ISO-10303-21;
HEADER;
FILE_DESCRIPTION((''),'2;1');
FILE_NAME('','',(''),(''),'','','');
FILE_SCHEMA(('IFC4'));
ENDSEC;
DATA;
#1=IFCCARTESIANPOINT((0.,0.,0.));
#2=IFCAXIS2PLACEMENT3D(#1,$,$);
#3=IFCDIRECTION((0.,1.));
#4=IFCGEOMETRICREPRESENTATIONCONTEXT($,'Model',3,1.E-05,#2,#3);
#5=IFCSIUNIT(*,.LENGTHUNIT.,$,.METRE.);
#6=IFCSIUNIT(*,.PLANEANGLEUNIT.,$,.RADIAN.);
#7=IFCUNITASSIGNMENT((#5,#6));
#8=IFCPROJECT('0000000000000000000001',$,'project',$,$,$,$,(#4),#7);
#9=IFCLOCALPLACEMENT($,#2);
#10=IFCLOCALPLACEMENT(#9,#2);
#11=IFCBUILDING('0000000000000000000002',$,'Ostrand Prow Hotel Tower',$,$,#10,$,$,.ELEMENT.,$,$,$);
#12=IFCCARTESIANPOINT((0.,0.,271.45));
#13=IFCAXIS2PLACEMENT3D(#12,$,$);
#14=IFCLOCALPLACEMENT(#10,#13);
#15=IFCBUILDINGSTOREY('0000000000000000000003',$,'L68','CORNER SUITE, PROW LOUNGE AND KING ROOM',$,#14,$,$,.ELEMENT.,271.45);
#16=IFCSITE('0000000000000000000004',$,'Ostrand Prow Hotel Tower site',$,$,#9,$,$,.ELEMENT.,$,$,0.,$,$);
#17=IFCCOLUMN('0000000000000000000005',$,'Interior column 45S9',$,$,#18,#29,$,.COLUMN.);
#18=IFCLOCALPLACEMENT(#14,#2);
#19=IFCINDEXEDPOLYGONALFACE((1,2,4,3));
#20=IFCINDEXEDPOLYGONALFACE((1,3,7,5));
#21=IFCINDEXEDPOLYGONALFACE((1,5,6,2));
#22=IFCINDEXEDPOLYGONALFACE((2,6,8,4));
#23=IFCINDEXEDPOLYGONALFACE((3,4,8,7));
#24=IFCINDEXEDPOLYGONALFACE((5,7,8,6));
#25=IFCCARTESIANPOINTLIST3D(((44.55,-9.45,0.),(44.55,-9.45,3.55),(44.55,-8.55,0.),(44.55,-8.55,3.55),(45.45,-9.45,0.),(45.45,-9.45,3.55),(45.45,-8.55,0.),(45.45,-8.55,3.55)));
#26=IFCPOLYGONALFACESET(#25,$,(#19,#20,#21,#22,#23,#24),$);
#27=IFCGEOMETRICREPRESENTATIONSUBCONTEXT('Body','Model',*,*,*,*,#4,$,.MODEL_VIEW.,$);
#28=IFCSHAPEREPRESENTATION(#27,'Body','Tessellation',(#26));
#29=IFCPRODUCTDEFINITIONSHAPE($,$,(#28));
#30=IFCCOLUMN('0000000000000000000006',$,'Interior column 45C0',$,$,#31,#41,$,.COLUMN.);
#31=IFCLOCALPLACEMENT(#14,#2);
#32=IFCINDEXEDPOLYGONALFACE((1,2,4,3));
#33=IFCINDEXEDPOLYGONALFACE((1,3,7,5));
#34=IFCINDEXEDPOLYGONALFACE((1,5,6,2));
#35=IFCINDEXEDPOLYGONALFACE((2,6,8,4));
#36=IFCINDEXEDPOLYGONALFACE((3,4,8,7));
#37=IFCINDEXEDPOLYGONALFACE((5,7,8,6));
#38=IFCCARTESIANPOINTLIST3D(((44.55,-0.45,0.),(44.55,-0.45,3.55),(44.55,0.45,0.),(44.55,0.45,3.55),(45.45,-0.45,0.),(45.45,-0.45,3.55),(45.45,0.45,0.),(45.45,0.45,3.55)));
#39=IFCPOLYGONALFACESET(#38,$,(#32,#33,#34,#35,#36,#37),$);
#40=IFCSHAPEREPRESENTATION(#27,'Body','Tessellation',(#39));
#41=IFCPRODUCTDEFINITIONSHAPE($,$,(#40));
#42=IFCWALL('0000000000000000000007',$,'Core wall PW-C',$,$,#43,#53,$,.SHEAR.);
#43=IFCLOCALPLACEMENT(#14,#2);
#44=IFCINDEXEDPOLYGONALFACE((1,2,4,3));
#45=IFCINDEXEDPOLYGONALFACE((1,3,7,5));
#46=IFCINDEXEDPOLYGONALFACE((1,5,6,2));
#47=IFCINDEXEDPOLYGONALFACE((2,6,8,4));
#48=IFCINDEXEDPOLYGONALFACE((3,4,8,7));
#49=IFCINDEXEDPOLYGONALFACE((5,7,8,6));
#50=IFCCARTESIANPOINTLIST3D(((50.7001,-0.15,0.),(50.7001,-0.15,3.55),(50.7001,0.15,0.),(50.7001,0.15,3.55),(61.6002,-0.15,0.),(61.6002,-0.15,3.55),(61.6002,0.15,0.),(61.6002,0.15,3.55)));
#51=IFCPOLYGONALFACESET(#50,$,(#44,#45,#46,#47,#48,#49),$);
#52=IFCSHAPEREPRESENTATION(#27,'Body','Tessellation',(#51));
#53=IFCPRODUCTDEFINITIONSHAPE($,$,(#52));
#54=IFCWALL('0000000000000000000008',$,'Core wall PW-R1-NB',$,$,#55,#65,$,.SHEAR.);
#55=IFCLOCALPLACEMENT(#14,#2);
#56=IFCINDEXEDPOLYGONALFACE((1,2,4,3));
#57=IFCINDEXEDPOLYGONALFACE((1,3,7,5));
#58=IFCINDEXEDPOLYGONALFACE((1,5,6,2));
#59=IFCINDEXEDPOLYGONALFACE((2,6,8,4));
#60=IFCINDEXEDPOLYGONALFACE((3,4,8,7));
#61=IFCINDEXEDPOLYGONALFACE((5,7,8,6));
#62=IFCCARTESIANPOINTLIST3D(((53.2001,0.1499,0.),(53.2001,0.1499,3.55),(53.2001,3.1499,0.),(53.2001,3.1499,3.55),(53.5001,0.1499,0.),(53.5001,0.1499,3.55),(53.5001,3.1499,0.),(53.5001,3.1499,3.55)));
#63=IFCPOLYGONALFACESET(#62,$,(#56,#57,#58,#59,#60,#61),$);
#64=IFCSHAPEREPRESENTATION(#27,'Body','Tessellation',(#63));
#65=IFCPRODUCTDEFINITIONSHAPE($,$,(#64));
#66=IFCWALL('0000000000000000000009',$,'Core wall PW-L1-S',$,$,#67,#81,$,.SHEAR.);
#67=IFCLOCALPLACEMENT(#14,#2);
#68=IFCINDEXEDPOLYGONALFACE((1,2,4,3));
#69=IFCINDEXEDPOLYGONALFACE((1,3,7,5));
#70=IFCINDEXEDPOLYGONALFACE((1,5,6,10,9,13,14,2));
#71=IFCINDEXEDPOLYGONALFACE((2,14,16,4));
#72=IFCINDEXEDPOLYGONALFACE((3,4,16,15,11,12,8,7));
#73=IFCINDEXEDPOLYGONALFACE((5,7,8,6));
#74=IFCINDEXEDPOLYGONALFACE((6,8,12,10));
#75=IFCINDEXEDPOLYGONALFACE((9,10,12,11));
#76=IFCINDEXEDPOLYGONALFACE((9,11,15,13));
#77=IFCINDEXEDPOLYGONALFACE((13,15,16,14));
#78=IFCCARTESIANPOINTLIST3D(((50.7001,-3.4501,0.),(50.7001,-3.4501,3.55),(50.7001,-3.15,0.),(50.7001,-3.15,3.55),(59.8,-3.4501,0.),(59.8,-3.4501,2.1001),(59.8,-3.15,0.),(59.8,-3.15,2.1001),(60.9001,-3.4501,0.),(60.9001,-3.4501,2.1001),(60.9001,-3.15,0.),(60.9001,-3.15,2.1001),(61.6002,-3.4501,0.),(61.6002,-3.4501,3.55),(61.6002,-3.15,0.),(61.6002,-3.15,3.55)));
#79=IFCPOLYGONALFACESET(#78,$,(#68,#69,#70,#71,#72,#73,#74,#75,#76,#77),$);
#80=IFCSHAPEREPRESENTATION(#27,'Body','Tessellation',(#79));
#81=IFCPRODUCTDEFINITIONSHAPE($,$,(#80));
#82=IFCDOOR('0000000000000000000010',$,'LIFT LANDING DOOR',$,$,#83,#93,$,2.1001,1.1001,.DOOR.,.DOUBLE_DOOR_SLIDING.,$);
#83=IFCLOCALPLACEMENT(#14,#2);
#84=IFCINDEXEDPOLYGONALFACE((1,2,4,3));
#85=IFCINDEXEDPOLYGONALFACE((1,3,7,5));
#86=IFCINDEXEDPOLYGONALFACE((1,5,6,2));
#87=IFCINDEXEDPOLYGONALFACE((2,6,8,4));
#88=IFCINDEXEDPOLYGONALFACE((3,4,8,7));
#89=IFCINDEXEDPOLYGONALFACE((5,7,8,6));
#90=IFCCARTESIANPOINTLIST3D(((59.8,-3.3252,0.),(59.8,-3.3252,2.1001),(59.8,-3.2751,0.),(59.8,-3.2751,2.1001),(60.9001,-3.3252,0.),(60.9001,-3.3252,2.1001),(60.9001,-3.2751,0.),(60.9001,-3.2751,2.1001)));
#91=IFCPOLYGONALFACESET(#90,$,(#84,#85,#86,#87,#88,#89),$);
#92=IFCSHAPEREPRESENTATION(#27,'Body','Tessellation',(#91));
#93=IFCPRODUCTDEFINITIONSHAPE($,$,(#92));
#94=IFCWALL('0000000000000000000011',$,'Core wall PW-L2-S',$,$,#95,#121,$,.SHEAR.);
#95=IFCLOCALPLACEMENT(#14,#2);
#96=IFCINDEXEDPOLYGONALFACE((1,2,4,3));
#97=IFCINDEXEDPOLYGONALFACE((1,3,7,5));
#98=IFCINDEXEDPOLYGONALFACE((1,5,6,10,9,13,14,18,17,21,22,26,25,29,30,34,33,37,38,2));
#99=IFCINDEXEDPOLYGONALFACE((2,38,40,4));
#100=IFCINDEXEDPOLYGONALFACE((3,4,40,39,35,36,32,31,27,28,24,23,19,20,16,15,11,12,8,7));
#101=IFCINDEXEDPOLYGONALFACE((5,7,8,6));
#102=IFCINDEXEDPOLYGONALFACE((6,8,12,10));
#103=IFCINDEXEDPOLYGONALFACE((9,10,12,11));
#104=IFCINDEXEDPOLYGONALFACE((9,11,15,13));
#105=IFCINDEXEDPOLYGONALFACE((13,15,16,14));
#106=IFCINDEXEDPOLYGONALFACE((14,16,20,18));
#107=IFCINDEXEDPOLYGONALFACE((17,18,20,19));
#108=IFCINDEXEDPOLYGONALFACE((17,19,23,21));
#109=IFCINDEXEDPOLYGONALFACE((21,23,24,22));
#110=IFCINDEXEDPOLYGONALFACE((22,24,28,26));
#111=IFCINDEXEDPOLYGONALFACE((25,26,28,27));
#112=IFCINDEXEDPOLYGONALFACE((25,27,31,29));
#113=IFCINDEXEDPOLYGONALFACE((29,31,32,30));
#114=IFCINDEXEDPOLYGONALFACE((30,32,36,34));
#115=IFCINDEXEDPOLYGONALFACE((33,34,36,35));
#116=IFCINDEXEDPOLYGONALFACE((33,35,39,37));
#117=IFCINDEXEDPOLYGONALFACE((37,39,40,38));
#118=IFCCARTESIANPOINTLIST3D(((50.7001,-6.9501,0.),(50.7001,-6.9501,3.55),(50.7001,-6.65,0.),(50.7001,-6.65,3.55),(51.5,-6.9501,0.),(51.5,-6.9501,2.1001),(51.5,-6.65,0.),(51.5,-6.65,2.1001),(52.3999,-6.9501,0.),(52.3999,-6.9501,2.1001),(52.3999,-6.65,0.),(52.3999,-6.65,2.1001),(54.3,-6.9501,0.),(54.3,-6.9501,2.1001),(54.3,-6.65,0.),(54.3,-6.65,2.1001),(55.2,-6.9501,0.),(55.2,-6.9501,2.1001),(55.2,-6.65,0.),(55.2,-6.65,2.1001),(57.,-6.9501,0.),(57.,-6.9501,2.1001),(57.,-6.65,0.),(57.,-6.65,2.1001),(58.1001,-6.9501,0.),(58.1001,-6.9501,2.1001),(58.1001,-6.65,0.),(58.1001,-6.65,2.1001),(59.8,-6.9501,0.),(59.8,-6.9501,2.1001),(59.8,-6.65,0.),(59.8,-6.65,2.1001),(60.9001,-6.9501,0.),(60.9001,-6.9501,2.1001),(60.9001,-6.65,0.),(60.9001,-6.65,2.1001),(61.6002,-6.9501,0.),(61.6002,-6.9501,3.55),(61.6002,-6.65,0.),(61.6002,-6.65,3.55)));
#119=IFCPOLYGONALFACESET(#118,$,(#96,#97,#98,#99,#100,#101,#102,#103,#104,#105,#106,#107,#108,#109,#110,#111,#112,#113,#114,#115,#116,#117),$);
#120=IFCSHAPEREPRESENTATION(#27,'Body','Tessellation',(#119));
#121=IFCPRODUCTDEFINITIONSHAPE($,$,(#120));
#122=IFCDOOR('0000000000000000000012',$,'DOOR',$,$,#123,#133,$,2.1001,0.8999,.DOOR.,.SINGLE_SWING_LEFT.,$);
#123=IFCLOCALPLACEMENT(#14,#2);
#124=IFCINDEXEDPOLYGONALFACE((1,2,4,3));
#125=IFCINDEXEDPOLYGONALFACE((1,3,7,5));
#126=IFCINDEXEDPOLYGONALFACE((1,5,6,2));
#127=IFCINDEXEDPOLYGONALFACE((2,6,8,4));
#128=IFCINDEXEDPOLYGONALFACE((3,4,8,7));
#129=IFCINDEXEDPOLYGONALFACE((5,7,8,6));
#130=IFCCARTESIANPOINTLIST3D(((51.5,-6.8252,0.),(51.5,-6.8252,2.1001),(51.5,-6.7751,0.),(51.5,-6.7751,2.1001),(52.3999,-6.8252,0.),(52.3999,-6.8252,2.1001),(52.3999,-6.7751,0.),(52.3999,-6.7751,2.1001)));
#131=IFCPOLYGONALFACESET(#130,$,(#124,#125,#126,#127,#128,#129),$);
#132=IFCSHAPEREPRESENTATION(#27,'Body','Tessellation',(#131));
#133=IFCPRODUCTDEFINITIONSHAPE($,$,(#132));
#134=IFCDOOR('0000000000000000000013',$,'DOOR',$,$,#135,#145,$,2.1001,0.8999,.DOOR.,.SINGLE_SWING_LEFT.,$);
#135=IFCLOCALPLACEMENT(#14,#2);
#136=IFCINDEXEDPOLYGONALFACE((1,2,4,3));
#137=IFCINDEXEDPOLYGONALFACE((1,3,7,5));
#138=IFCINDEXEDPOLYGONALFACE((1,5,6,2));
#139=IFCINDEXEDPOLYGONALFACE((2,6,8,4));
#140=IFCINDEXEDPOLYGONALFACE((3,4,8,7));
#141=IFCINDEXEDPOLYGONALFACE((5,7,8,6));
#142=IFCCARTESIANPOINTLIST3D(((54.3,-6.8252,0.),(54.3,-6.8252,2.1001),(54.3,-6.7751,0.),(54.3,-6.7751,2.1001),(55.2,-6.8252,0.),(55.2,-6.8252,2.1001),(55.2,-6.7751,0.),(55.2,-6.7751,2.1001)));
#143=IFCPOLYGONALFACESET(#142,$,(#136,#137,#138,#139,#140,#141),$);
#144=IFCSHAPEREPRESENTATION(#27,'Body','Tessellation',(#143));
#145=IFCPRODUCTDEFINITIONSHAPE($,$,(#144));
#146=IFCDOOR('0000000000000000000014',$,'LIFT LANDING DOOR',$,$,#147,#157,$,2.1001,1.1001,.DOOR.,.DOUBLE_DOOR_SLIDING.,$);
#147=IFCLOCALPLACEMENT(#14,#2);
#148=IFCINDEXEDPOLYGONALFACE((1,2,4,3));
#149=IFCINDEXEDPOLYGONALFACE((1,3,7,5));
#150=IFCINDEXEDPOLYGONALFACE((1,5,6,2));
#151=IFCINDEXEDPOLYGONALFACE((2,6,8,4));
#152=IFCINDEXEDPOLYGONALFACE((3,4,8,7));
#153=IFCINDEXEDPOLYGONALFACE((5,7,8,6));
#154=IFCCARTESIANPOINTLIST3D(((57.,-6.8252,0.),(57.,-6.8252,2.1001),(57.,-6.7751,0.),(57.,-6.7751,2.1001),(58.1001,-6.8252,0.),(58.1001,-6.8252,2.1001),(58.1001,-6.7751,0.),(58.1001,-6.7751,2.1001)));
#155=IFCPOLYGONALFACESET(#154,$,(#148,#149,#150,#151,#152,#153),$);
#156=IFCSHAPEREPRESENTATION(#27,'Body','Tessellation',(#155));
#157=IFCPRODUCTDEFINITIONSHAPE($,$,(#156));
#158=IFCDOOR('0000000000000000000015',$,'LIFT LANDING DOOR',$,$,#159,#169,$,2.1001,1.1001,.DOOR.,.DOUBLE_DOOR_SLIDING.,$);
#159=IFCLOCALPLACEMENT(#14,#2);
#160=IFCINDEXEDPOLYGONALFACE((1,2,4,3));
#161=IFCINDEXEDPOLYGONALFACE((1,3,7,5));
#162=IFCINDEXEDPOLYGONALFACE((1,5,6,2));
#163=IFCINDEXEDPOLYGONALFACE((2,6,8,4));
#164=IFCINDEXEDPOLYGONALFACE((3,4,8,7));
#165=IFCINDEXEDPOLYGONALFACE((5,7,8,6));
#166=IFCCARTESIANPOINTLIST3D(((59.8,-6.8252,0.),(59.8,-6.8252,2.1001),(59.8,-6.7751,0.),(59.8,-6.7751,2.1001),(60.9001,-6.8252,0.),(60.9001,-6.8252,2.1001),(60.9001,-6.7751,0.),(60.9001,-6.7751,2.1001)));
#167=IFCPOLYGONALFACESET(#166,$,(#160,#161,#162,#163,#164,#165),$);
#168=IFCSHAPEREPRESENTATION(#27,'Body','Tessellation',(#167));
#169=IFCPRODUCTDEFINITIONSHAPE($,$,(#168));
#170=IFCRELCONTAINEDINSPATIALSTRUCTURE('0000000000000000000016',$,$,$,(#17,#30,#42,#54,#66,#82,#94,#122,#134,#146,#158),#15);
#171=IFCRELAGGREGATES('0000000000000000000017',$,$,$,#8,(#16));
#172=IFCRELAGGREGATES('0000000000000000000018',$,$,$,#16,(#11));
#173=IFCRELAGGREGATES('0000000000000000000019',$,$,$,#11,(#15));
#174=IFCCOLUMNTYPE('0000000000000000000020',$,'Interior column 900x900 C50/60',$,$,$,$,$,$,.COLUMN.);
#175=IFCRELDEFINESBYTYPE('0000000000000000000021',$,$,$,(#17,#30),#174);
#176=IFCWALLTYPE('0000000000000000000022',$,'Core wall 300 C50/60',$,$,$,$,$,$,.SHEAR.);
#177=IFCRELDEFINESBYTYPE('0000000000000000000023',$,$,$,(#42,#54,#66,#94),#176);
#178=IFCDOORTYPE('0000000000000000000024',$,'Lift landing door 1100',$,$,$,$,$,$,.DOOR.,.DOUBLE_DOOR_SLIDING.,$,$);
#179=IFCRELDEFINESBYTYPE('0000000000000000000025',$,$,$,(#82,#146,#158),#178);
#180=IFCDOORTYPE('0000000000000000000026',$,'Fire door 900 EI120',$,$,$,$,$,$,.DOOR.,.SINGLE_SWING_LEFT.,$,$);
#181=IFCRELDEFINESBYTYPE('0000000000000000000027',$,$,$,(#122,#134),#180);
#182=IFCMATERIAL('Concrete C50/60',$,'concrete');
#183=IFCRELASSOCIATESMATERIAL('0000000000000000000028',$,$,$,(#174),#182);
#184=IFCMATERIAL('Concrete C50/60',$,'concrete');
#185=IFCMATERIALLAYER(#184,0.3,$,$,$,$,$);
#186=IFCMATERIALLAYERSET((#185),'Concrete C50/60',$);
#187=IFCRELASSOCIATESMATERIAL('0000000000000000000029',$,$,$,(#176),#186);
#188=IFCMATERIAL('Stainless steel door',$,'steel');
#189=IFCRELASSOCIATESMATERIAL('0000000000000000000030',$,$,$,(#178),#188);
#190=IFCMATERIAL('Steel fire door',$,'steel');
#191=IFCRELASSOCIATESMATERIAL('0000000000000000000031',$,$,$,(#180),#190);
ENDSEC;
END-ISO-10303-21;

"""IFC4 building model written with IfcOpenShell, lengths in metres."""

from ifc_helpers import new_model, si_unit, direction, frame, frame_2d, origin, origin_2d, place, context, subcontext, project, spatial, rectangle, extrude, material, layer, layer_set, material_profile, profile_set, type_object, element, fill, save


model = new_model("IFC4")

# Units and contexts
model_context = context("Model", 3, precision=1e-05, world=origin(), true_north=direction((0.0, 1.0)))
body_context = subcontext(model_context, "Body", "Model", "MODEL_VIEW")
ifc_project = project(units=[si_unit("LENGTHUNIT", "METRE"), si_unit("PLANEANGLEUNIT", "RADIAN")], contexts=[model_context])

# Site, building, storey
site_placement = place(None, origin())
site = spatial("IfcSite", under=ifc_project, at=site_placement, Name="Ostrand Prow Hotel Tower site", CompositionType="ELEMENT", RefElevation=0.0)
building_placement = place(site_placement, origin())
building = spatial("IfcBuilding", under=site, at=building_placement, Name="Ostrand Prow Hotel Tower", CompositionType="ELEMENT")
storey_placement = place(building_placement, frame((0.0, 0.0, 271.45)))
storey = spatial("IfcBuildingStorey", under=building, at=storey_placement, Name="L68", Description="CORNER SUITE, PROW LOUNGE AND KING ROOM", CompositionType="ELEMENT", Elevation=271.45)

# Columns
ifc_material_1 = material(Name="Concrete C50/60", Category="concrete")
ifc_material_profile = material_profile(ifc_material_1, rectangle(XDim=0.8999, YDim=0.8999, at=origin_2d()), Name="RC 900x900")
ifc_profile_set = profile_set([ifc_material_profile], Name="Concrete C50/60")
column_type = type_object("IfcColumnType", Name="Interior column 900x900 C50/60", PredefinedType="COLUMN", material=ifc_profile_set)
for number, where, z_axis, x_axis, name in (
    (1, (45.0, -9.0, 0.0), (0.0, 0.0, 1.0), (1.0, 0.0, 0.0), "Interior column 45S9"),
    (2, (45.0, 0.0, 0.0), (0.0, 0.0, 1.0), (1.0, 0.0, 0.0), "Interior column 45C0"),
):
    element("IfcColumn", number, at=place(storey_placement, frame(where, z_axis=z_axis, x_axis=x_axis)), inside=storey, type_object=column_type, Name=name, PredefinedType="COLUMN", context=body_context, shape_type="SweptSolid", body=[
        extrude(rectangle(XDim=0.8999, YDim=0.8999, at=origin_2d()), origin(), (0.0, 0.0, 1.0), 3.55),
    ])

# Walls
ifc_material_2 = material(Name="Concrete C50/60", Category="concrete")
ifc_layer_1 = layer(ifc_material_2, 0.3)
ifc_layer_set_1 = layer_set([ifc_layer_1], Name="Concrete C50/60")
wall_type_1 = type_object("IfcWallType", Name="Core wall 300 C50/60", PredefinedType="SHEAR", material=ifc_layer_set_1)
wall_1_placement = place(storey_placement, frame((50.7, 0.0, 0.0), z_axis=(0.0, 0.0, 1.0), x_axis=(1.0, 0.0, 0.0)))
element("IfcWall", 3, at=wall_1_placement, inside=storey, type_object=wall_type_1, Name="Core wall PW-C", PredefinedType="SHEAR", context=body_context, shape_type="SweptSolid", body=[
    extrude(rectangle(XDim=10.9001, YDim=0.3, at=frame_2d((5.4502, 0.0))), origin(), (0.0, 0.0, 1.0), 3.55),
])
wall_2_placement = place(storey_placement, frame((53.3501, 0.1499, 0.0), z_axis=(0.0, 0.0, 1.0), x_axis=(0.0, 1.0, 0.0)))
element("IfcWall", 4, at=wall_2_placement, inside=storey, type_object=wall_type_1, Name="Core wall PW-R1-NB", PredefinedType="SHEAR", context=body_context, shape_type="SweptSolid", body=[
    extrude(rectangle(XDim=3.0, YDim=0.3, at=frame_2d((1.5, 0.0))), origin(), (0.0, 0.0, 1.0), 3.55),
])

# Wall, opening, door
wall_3_placement = place(storey_placement, frame((50.7, -3.3, 0.0), z_axis=(0.0, 0.0, 1.0), x_axis=(1.0, 0.0, 0.0)))
wall_3 = element("IfcWall", 5, at=wall_3_placement, inside=storey, type_object=wall_type_1, Name="Core wall PW-L1-S", PredefinedType="SHEAR", context=body_context, shape_type="SweptSolid", body=[
    extrude(rectangle(XDim=10.9001, YDim=0.3, at=frame_2d((5.4502, 0.0))), origin(), (0.0, 0.0, 1.0), 3.55),
])
opening_1_placement = place(wall_3_placement, frame((9.1001, 0.0, 0.0)))
opening_1 = element("IfcOpeningElement", 6, at=opening_1_placement, cuts=wall_3, PredefinedType="OPENING", context=body_context, shape_type="SweptSolid", body=[
    extrude(rectangle(XDim=1.1001, YDim=2.1001, at=frame_2d((0.55, 1.05))), frame((0.0, 0.1599, 0.0), z_axis=(0.0, -1.0, 0.0), x_axis=(1.0, 0.0, 0.0)), (0.0, 0.0, 1.0), 0.3201),
])
ifc_material_3 = material(Name="Stainless steel door", Category="steel")
door_type_1 = type_object("IfcDoorType", Name="Lift landing door 1100", OperationType="DOUBLE_DOOR_SLIDING", PredefinedType="DOOR", material=ifc_material_3)
door_1_placement = place(opening_1_placement, origin())
door_1 = element("IfcDoor", 7, at=door_1_placement, inside=storey, type_object=door_type_1, Name="LIFT LANDING DOOR", OperationType="DOUBLE_DOOR_SLIDING", OverallHeight=2.1001, OverallWidth=1.1001, PredefinedType="DOOR", context=body_context, shape_type="SweptSolid", body=[
    extrude(rectangle(XDim=1.1001, YDim=2.1001, at=frame_2d((0.55, 1.05))), frame((0.0, 0.0249, 0.0), z_axis=(0.0, -1.0, 0.0), x_axis=(1.0, 0.0, 0.0)), (0.0, 0.0, 1.0), 0.05),
])
fill(opening_1, door_1)

# Wall, openings, doors
wall_4_placement = place(storey_placement, frame((50.7, -6.8, 0.0), z_axis=(0.0, 0.0, 1.0), x_axis=(1.0, 0.0, 0.0)))
wall_4 = element("IfcWall", 8, at=wall_4_placement, inside=storey, type_object=wall_type_1, Name="Core wall PW-L2-S", PredefinedType="SHEAR", context=body_context, shape_type="SweptSolid", body=[
    extrude(rectangle(XDim=10.9001, YDim=0.3, at=frame_2d((5.4502, 0.0))), origin(), (0.0, 0.0, 1.0), 3.55),
])
opening_2_placement = place(wall_4_placement, frame((6.3, 0.0, 0.0)))
opening_2 = element("IfcOpeningElement", 9, at=opening_2_placement, cuts=wall_4, PredefinedType="OPENING", context=body_context, shape_type="SweptSolid", body=[
    extrude(rectangle(XDim=1.1001, YDim=2.1001, at=frame_2d((0.55, 1.05))), frame((0.0, 0.1599, 0.0), z_axis=(0.0, -1.0, 0.0), x_axis=(1.0, 0.0, 0.0)), (0.0, 0.0, 1.0), 0.3201),
])
opening_3_placement = place(wall_4_placement, frame((9.1001, 0.0, 0.0)))
opening_3 = element("IfcOpeningElement", 10, at=opening_3_placement, cuts=wall_4, PredefinedType="OPENING", context=body_context, shape_type="SweptSolid", body=[
    extrude(rectangle(XDim=1.1001, YDim=2.1001, at=frame_2d((0.55, 1.05))), frame((0.0, 0.1599, 0.0), z_axis=(0.0, -1.0, 0.0), x_axis=(1.0, 0.0, 0.0)), (0.0, 0.0, 1.0), 0.3201),
])
opening_4_placement = place(wall_4_placement, frame((0.8, 0.0, 0.0)))
opening_4 = element("IfcOpeningElement", 11, at=opening_4_placement, cuts=wall_4, PredefinedType="OPENING", context=body_context, shape_type="SweptSolid", body=[
    extrude(rectangle(XDim=0.8999, YDim=2.1001, at=frame_2d((0.45, 1.05))), frame((0.0, 0.1599, 0.0), z_axis=(0.0, -1.0, 0.0), x_axis=(1.0, 0.0, 0.0)), (0.0, 0.0, 1.0), 0.3201),
])
opening_5_placement = place(wall_4_placement, frame((3.6001, 0.0, 0.0)))
opening_5 = element("IfcOpeningElement", 12, at=opening_5_placement, cuts=wall_4, PredefinedType="OPENING", context=body_context, shape_type="SweptSolid", body=[
    extrude(rectangle(XDim=0.8999, YDim=2.1001, at=frame_2d((0.45, 1.05))), frame((0.0, 0.1599, 0.0), z_axis=(0.0, -1.0, 0.0), x_axis=(1.0, 0.0, 0.0)), (0.0, 0.0, 1.0), 0.3201),
])
ifc_material_4 = material(Name="Steel fire door", Category="steel")
door_type_2 = type_object("IfcDoorType", Name="Fire door 900 EI120", OperationType="SINGLE_SWING_LEFT", PredefinedType="DOOR", material=ifc_material_4)
door_2_placement = place(opening_4_placement, origin())
door_2 = element("IfcDoor", 13, at=door_2_placement, inside=storey, type_object=door_type_2, Name="DOOR", OperationType="SINGLE_SWING_LEFT", OverallHeight=2.1001, OverallWidth=0.8999, PredefinedType="DOOR", context=body_context, shape_type="SweptSolid", body=[
    extrude(rectangle(XDim=0.8999, YDim=2.1001, at=frame_2d((0.45, 1.05))), frame((0.0, 0.0249, 0.0), z_axis=(0.0, -1.0, 0.0), x_axis=(1.0, 0.0, 0.0)), (0.0, 0.0, 1.0), 0.05),
])
fill(opening_4, door_2)
door_3_placement = place(opening_5_placement, origin())
door_3 = element("IfcDoor", 14, at=door_3_placement, inside=storey, type_object=door_type_2, Name="DOOR", OperationType="SINGLE_SWING_LEFT", OverallHeight=2.1001, OverallWidth=0.8999, PredefinedType="DOOR", context=body_context, shape_type="SweptSolid", body=[
    extrude(rectangle(XDim=0.8999, YDim=2.1001, at=frame_2d((0.45, 1.05))), frame((0.0, 0.0249, 0.0), z_axis=(0.0, -1.0, 0.0), x_axis=(1.0, 0.0, 0.0)), (0.0, 0.0, 1.0), 0.05),
])
fill(opening_5, door_3)
door_4_placement = place(opening_2_placement, origin())
door_4 = element("IfcDoor", 15, at=door_4_placement, inside=storey, type_object=door_type_1, Name="LIFT LANDING DOOR", OperationType="DOUBLE_DOOR_SLIDING", OverallHeight=2.1001, OverallWidth=1.1001, PredefinedType="DOOR", context=body_context, shape_type="SweptSolid", body=[
    extrude(rectangle(XDim=1.1001, YDim=2.1001, at=frame_2d((0.55, 1.05))), frame((0.0, 0.0249, 0.0), z_axis=(0.0, -1.0, 0.0), x_axis=(1.0, 0.0, 0.0)), (0.0, 0.0, 1.0), 0.05),
])
fill(opening_2, door_4)
door_5_placement = place(opening_3_placement, origin())
door_5 = element("IfcDoor", 16, at=door_5_placement, inside=storey, type_object=door_type_1, Name="LIFT LANDING DOOR", OperationType="DOUBLE_DOOR_SLIDING", OverallHeight=2.1001, OverallWidth=1.1001, PredefinedType="DOOR", context=body_context, shape_type="SweptSolid", body=[
    extrude(rectangle(XDim=1.1001, YDim=2.1001, at=frame_2d((0.55, 1.05))), frame((0.0, 0.0249, 0.0), z_axis=(0.0, -1.0, 0.0), x_axis=(1.0, 0.0, 0.0)), (0.0, 0.0, 1.0), 0.05),
])
fill(opening_3, door_5)

save(model, "model.ifc")
